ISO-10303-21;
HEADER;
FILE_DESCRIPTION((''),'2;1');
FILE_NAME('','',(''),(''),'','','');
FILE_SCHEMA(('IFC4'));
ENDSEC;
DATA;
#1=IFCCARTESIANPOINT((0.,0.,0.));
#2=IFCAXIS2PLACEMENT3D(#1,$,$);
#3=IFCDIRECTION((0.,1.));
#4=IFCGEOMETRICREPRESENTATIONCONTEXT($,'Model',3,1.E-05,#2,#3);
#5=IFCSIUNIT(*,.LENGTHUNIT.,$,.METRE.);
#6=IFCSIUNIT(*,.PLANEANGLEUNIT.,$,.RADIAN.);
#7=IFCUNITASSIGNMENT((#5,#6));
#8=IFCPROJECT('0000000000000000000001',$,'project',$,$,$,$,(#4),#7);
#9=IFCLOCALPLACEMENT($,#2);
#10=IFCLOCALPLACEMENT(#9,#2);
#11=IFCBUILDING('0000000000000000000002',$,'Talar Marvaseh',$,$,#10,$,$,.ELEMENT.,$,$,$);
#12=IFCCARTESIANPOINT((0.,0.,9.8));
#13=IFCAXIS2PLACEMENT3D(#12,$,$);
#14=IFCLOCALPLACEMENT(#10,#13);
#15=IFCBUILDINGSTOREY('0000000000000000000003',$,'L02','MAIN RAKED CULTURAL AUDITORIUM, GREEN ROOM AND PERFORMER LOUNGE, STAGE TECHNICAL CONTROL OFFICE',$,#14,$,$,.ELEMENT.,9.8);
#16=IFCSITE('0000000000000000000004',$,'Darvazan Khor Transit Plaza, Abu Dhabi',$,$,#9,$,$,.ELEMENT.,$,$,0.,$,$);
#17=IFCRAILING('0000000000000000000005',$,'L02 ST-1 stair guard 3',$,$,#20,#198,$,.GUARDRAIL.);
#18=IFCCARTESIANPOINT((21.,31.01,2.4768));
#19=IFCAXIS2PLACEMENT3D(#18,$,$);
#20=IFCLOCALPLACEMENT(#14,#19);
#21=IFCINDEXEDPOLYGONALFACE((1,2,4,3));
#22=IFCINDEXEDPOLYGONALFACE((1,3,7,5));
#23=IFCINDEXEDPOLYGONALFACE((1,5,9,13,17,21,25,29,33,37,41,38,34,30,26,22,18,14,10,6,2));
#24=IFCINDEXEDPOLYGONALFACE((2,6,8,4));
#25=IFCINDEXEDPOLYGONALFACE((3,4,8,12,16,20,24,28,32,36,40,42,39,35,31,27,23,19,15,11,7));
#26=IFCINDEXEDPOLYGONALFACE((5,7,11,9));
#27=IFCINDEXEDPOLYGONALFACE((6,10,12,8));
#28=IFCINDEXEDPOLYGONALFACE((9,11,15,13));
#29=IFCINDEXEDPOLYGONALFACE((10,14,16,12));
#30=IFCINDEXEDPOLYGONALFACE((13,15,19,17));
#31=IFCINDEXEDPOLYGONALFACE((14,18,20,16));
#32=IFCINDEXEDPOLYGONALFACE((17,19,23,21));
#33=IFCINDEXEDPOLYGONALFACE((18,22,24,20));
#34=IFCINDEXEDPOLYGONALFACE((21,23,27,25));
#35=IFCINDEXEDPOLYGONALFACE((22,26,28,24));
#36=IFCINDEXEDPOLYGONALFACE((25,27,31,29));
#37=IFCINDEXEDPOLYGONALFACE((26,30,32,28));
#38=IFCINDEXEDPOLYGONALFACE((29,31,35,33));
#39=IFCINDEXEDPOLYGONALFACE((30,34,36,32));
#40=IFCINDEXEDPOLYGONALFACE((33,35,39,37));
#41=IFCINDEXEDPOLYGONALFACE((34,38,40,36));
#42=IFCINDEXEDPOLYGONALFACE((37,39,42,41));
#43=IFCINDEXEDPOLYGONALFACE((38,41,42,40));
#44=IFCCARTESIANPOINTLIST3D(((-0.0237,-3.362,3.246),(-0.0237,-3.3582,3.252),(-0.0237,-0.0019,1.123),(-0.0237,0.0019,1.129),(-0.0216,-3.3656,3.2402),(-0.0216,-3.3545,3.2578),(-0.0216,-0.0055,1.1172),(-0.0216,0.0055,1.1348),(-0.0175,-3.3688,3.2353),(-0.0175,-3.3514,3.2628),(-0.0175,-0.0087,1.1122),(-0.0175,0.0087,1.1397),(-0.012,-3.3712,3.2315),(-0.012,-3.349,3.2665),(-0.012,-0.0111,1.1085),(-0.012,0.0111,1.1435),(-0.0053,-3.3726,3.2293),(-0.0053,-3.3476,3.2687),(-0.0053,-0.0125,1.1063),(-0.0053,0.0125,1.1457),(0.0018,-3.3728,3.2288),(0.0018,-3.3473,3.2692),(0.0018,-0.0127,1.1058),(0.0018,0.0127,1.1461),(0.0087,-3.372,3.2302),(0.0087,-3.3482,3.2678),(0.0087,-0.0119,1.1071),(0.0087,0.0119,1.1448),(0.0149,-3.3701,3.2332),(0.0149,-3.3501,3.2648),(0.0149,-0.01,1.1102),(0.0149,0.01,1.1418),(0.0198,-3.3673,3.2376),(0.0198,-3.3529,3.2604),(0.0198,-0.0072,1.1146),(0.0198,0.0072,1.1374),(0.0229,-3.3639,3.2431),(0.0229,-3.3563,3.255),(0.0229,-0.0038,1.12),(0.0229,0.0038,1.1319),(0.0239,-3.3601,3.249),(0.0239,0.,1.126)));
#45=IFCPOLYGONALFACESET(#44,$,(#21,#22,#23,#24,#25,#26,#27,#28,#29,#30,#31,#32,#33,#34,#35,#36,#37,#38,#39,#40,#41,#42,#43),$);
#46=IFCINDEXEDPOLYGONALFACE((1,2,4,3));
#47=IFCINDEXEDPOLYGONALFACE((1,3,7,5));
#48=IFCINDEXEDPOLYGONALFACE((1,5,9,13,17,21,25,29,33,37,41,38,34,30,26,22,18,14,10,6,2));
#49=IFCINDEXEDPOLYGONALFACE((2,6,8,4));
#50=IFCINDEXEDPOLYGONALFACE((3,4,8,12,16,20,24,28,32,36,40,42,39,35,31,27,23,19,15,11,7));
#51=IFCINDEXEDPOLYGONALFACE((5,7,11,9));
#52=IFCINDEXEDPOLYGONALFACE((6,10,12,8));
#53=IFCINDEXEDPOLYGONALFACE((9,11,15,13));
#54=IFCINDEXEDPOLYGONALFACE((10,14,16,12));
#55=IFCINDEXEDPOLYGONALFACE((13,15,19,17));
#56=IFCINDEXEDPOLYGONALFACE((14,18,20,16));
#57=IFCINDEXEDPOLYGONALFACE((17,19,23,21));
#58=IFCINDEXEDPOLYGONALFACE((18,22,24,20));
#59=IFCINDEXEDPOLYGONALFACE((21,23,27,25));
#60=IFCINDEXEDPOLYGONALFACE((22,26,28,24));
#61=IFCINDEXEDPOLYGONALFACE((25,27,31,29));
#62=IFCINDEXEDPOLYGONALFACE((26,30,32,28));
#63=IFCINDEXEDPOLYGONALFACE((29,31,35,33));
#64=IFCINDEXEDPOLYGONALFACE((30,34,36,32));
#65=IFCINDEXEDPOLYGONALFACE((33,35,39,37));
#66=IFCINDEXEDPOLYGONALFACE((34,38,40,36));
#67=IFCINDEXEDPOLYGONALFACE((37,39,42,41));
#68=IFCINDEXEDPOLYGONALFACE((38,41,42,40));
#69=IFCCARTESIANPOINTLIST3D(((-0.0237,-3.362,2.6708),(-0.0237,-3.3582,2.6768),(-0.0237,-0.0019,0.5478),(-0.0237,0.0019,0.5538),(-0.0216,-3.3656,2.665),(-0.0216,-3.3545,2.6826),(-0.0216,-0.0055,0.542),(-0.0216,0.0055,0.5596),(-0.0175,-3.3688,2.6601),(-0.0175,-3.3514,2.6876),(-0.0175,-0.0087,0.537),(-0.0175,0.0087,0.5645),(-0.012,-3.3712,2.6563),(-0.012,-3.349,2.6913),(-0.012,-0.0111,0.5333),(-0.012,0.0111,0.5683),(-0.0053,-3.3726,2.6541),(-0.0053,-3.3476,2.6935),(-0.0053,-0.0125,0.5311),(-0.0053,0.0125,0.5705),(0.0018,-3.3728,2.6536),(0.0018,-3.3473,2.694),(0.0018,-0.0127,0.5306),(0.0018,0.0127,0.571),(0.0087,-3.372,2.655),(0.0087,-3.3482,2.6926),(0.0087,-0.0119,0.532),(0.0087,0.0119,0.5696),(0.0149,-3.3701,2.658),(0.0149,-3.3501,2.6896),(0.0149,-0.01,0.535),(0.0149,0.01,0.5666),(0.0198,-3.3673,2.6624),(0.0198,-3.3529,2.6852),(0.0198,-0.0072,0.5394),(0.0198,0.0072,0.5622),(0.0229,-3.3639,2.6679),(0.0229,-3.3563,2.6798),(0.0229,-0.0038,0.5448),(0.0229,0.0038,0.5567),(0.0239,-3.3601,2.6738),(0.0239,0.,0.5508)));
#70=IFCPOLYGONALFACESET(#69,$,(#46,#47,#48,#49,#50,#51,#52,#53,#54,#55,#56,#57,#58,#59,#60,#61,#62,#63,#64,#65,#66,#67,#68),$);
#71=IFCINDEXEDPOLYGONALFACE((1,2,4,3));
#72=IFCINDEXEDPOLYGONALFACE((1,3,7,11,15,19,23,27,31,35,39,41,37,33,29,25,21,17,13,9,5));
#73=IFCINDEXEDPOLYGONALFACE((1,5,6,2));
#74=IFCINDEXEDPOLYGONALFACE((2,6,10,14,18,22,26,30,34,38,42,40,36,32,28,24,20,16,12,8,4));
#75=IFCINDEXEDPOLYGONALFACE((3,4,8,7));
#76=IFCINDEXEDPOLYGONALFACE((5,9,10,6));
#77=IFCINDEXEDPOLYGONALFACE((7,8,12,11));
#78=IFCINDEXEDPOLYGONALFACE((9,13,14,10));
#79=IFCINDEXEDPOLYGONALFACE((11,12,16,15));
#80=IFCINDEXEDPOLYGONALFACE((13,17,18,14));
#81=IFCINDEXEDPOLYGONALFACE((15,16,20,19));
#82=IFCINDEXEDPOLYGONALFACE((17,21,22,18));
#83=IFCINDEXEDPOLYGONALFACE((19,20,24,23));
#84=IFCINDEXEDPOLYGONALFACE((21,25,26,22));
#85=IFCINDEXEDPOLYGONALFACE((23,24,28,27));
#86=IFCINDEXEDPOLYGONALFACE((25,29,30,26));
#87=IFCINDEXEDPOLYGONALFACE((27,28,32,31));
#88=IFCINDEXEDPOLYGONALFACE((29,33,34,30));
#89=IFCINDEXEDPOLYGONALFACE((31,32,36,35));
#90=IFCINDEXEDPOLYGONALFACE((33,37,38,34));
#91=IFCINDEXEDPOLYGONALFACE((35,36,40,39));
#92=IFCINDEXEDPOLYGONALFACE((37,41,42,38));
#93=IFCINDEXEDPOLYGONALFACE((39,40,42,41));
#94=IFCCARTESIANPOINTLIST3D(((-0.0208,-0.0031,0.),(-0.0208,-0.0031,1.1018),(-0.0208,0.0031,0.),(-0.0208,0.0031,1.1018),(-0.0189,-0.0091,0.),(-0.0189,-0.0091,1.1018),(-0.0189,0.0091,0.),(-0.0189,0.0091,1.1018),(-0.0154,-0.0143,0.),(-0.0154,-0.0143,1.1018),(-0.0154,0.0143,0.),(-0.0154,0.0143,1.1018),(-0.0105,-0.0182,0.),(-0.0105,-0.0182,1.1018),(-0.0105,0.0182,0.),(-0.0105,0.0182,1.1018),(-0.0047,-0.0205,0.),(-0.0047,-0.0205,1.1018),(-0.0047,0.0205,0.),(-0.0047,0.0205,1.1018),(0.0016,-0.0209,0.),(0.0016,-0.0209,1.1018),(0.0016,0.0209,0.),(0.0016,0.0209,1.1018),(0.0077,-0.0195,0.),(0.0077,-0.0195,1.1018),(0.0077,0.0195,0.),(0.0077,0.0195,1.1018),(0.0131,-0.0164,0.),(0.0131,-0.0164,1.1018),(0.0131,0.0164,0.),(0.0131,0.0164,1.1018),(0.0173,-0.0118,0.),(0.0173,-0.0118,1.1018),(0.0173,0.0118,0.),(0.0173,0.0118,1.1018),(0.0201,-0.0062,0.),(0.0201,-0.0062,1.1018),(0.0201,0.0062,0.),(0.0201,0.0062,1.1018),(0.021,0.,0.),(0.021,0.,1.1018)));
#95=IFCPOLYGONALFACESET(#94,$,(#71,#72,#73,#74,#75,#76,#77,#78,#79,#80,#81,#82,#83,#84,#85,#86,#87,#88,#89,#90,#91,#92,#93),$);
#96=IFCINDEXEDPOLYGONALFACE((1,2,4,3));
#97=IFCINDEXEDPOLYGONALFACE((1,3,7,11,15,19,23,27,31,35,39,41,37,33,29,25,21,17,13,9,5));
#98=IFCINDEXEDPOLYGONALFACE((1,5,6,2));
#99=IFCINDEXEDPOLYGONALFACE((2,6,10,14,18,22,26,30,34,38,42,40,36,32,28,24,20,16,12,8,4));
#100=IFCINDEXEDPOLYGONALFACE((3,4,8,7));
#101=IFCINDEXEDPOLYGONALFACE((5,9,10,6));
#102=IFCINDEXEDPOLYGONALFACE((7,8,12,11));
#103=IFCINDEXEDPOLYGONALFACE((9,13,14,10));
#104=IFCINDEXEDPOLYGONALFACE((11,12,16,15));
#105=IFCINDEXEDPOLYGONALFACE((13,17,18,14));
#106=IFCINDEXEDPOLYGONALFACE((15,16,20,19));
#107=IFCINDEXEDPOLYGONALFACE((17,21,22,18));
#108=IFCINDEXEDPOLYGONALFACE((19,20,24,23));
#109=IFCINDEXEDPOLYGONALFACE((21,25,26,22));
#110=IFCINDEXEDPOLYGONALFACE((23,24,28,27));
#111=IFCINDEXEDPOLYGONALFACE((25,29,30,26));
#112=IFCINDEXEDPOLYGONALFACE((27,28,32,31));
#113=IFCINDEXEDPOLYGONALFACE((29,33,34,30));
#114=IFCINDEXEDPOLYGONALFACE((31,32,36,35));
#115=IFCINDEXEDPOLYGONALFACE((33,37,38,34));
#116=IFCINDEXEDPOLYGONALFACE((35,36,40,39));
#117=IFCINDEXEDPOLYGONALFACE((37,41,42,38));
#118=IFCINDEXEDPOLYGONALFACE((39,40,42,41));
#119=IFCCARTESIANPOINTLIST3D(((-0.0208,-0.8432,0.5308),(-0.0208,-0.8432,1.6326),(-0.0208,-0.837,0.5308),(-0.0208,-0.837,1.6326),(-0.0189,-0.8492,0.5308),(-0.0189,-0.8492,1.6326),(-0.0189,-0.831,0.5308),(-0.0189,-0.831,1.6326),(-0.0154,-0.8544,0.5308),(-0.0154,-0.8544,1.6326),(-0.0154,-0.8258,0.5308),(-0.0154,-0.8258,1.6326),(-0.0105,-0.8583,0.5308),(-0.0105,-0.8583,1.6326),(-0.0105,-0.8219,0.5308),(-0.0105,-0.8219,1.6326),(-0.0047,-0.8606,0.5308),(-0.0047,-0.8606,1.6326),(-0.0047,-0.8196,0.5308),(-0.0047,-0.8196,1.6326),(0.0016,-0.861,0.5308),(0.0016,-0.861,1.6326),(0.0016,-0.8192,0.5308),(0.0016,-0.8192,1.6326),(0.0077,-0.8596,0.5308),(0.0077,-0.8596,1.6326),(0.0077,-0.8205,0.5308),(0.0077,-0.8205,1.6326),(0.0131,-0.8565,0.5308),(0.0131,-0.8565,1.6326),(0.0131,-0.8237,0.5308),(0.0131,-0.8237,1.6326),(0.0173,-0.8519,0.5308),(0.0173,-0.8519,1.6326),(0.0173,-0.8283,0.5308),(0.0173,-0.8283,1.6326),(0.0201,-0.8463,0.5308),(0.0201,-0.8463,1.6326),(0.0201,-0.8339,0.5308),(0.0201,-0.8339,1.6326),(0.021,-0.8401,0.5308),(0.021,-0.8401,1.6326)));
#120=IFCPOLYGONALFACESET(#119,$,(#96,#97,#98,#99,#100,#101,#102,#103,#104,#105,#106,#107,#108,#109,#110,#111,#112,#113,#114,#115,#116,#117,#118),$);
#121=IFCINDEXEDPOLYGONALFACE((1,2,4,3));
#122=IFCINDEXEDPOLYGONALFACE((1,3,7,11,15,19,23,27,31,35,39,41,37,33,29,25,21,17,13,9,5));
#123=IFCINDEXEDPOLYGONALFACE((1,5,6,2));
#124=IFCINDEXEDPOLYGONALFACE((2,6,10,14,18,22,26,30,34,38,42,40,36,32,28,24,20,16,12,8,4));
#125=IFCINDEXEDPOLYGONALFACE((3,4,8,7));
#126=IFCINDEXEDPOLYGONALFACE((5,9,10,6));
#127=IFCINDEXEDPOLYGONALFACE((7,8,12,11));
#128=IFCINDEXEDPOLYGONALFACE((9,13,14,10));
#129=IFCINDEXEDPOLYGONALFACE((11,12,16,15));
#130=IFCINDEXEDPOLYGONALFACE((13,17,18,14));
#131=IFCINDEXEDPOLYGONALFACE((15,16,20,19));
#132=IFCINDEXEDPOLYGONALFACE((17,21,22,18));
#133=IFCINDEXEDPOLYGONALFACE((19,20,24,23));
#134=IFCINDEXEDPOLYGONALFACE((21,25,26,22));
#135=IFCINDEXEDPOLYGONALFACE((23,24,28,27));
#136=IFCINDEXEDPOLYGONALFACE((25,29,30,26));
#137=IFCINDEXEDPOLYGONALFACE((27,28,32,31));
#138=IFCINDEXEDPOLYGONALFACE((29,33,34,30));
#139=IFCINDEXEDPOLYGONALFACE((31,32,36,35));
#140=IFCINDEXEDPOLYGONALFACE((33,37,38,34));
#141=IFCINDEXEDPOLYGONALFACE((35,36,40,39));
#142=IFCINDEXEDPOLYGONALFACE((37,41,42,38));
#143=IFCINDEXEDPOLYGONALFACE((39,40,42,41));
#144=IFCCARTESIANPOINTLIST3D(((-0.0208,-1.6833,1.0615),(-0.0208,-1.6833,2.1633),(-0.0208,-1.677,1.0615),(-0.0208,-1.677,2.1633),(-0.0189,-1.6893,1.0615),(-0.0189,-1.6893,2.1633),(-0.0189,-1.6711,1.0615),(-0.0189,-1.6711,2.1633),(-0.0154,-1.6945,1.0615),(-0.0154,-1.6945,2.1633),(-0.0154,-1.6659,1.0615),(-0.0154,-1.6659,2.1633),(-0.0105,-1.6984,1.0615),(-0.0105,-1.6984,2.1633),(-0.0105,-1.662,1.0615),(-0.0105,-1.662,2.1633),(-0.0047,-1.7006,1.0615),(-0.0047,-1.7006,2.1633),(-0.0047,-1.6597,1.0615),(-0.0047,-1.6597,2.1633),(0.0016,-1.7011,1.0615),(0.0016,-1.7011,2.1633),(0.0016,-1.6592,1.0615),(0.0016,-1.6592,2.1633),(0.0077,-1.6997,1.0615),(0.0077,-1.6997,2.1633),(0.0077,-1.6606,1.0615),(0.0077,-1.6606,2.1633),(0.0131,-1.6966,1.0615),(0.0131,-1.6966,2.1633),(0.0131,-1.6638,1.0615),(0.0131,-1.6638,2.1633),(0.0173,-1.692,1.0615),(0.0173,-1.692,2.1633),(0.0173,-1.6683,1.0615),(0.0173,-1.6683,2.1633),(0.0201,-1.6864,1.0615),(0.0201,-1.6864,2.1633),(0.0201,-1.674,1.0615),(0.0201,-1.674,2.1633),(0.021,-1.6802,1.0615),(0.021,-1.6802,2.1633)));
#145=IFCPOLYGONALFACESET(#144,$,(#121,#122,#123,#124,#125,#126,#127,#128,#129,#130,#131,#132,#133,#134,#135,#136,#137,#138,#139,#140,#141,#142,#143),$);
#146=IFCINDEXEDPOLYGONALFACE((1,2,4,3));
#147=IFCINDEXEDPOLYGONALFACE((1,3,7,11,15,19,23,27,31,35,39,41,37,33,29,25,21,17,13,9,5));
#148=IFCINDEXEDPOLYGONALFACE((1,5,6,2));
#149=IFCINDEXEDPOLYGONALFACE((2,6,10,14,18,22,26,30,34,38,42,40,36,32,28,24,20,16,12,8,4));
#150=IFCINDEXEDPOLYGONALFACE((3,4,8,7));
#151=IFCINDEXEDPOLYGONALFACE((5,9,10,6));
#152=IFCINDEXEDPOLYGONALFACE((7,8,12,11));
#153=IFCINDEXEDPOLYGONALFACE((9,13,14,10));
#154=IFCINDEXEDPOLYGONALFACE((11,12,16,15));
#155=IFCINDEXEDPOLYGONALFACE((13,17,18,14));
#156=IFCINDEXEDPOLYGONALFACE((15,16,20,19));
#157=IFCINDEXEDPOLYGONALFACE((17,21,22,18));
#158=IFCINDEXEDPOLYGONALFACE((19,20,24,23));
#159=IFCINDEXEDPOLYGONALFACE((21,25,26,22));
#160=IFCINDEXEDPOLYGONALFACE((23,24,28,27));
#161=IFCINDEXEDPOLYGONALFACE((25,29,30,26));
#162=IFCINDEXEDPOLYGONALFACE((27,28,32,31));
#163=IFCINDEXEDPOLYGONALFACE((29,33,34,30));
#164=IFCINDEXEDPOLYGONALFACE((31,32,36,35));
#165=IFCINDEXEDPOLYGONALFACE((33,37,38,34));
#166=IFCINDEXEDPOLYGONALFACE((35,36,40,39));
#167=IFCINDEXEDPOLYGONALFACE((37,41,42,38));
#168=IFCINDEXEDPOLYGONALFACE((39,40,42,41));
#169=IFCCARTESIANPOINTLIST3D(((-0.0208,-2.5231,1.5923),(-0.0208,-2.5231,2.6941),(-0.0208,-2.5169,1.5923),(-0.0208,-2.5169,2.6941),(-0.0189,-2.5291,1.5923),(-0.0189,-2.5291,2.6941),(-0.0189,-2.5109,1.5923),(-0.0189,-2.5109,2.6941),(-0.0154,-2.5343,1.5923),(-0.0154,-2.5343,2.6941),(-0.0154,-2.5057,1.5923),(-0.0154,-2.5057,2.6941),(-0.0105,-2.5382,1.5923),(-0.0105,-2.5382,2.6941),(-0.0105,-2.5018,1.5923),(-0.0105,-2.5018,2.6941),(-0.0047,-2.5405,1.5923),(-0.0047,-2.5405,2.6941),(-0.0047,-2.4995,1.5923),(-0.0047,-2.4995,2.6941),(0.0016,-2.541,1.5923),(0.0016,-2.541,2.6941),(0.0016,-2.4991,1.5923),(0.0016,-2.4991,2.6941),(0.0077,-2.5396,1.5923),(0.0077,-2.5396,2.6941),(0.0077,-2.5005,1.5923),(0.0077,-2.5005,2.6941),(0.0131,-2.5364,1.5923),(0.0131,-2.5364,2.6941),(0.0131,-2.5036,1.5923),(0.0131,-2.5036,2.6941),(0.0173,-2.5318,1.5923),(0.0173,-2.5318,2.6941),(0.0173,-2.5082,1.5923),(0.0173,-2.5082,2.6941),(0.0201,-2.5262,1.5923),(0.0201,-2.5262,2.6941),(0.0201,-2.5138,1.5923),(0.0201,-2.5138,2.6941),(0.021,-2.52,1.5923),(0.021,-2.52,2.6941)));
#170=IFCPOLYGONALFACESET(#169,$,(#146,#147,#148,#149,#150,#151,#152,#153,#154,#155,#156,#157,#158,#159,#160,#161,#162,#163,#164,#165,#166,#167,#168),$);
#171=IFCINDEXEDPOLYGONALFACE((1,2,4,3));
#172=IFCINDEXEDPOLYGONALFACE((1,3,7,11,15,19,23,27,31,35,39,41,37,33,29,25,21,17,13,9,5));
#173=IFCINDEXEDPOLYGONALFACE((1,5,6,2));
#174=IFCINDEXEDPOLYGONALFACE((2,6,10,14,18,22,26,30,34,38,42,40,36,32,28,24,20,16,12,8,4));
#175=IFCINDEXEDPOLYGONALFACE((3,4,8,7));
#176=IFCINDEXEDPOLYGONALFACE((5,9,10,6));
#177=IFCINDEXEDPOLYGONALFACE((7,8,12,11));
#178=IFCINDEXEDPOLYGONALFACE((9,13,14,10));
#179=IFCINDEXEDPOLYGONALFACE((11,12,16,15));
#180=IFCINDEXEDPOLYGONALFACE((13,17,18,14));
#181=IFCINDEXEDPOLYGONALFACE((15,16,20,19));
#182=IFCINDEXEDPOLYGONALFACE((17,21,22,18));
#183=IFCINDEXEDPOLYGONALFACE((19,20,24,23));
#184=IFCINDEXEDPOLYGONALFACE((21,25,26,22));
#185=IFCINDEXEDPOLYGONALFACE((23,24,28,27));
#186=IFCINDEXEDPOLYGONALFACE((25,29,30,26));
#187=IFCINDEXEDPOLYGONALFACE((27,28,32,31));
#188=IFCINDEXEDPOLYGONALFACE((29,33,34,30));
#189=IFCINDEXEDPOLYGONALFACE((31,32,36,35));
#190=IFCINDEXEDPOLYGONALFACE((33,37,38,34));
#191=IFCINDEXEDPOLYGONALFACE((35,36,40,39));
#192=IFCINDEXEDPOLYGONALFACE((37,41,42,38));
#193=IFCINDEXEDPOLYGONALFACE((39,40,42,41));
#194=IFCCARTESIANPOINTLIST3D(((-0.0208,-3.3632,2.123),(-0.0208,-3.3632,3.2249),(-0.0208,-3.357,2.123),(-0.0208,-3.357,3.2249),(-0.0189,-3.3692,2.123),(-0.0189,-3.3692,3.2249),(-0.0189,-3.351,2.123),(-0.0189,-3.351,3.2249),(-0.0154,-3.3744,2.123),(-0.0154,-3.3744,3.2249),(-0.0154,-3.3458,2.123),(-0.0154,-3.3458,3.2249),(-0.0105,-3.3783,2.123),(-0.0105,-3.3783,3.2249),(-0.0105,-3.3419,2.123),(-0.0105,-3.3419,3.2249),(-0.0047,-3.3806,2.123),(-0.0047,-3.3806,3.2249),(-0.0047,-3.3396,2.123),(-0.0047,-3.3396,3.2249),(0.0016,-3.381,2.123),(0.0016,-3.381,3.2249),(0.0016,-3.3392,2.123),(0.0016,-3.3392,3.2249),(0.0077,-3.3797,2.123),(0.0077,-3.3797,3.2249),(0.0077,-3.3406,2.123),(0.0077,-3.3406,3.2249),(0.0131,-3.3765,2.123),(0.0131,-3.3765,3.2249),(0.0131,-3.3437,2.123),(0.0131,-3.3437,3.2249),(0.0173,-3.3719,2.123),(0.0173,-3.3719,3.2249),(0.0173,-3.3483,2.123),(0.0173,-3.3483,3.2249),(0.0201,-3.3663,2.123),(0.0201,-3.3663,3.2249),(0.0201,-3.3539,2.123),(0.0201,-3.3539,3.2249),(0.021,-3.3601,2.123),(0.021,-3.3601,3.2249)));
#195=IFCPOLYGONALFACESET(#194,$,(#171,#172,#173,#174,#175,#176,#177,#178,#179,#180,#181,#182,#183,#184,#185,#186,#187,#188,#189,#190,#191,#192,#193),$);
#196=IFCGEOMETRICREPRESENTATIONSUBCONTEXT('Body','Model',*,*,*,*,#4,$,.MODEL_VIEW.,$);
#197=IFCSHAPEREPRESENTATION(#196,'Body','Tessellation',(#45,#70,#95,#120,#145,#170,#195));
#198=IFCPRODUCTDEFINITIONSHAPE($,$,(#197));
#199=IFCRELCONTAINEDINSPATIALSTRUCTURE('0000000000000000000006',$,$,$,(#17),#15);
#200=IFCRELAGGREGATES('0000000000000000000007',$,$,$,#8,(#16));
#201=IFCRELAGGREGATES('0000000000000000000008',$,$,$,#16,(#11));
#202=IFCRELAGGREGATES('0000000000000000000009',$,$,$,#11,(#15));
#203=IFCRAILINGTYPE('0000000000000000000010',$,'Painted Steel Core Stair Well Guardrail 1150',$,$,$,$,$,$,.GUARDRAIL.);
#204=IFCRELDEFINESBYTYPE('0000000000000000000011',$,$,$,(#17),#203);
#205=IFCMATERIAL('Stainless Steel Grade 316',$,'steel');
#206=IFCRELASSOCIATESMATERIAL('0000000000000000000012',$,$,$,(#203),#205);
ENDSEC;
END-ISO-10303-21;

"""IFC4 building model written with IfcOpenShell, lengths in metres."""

from ifc_helpers import new_model, si_unit, direction, frame, origin, origin_2d, place, context, subcontext, project, spatial, circle, extrude, material, type_object, element, save


model = new_model("IFC4")

# Units and contexts
model_context = context("Model", 3, precision=1e-05, world=origin(), true_north=direction((0.0, 1.0)))
body_context = subcontext(model_context, "Body", "Model", "MODEL_VIEW")
ifc_project = project(units=[si_unit("LENGTHUNIT", "METRE"), si_unit("PLANEANGLEUNIT", "RADIAN")], contexts=[model_context])

# Site, building, storey
site_placement = place(None, origin())
site = spatial("IfcSite", under=ifc_project, at=site_placement, Name="Darvazan Khor Transit Plaza, Abu Dhabi", CompositionType="ELEMENT", RefElevation=0.0)
building_placement = place(site_placement, origin())
building = spatial("IfcBuilding", under=site, at=building_placement, Name="Talar Marvaseh", CompositionType="ELEMENT")
storey_placement = place(building_placement, frame((0.0, 0.0, 9.8)))
storey = spatial("IfcBuildingStorey", under=building, at=storey_placement, Name="L02", Description="MAIN RAKED CULTURAL AUDITORIUM, GREEN ROOM AND PERFORMER LOUNGE, STAGE TECHNICAL CONTROL OFFICE", CompositionType="ELEMENT", Elevation=9.8)

# Shared definitions
ifc_material_1 = material(Name="Stainless Steel Grade 316", Category="steel")

# Railing
railing_type_1 = type_object("IfcRailingType", Name="Painted Steel Core Stair Well Guardrail 1150", PredefinedType="GUARDRAIL", material=ifc_material_1)
railing_1_placement = place(storey_placement, frame((21.0, 31.01, 2.4768)))
element("IfcRailing", 1, at=railing_1_placement, inside=storey, type_object=railing_type_1, Name="L02 ST-1 stair guard 3", PredefinedType="GUARDRAIL", context=body_context, shape_type="SweptSolid", body=[
    extrude(circle(Radius=0.0239, at=origin_2d()), frame((0.0, 0.0, 1.126), z_axis=(0.0, -0.84539, 0.53415), x_axis=(1.0, 0.0, 0.0)), (0.0, 0.0, 1.0), 3.9746),
    extrude(circle(Radius=0.0239, at=origin_2d()), frame((0.0, 0.0, 0.5508), z_axis=(0.0, -0.84539, 0.53415), x_axis=(1.0, 0.0, 0.0)), (0.0, 0.0, 1.0), 3.9746),
    extrude(circle(Radius=0.021, at=origin_2d()), origin(), (0.0, 0.0, 1.0), 1.1018),
    extrude(circle(Radius=0.021, at=origin_2d()), frame((0.0, -0.8401, 0.5308)), (0.0, 0.0, 1.0), 1.1018),
    extrude(circle(Radius=0.021, at=origin_2d()), frame((0.0, -1.6802, 1.0615)), (0.0, 0.0, 1.0), 1.1018),
    extrude(circle(Radius=0.021, at=origin_2d()), frame((0.0, -2.52, 1.5923)), (0.0, 0.0, 1.0), 1.1018),
    extrude(circle(Radius=0.021, at=origin_2d()), frame((0.0, -3.3601, 2.123)), (0.0, 0.0, 1.0), 1.1018),
])

save(model, "model.ifc")
